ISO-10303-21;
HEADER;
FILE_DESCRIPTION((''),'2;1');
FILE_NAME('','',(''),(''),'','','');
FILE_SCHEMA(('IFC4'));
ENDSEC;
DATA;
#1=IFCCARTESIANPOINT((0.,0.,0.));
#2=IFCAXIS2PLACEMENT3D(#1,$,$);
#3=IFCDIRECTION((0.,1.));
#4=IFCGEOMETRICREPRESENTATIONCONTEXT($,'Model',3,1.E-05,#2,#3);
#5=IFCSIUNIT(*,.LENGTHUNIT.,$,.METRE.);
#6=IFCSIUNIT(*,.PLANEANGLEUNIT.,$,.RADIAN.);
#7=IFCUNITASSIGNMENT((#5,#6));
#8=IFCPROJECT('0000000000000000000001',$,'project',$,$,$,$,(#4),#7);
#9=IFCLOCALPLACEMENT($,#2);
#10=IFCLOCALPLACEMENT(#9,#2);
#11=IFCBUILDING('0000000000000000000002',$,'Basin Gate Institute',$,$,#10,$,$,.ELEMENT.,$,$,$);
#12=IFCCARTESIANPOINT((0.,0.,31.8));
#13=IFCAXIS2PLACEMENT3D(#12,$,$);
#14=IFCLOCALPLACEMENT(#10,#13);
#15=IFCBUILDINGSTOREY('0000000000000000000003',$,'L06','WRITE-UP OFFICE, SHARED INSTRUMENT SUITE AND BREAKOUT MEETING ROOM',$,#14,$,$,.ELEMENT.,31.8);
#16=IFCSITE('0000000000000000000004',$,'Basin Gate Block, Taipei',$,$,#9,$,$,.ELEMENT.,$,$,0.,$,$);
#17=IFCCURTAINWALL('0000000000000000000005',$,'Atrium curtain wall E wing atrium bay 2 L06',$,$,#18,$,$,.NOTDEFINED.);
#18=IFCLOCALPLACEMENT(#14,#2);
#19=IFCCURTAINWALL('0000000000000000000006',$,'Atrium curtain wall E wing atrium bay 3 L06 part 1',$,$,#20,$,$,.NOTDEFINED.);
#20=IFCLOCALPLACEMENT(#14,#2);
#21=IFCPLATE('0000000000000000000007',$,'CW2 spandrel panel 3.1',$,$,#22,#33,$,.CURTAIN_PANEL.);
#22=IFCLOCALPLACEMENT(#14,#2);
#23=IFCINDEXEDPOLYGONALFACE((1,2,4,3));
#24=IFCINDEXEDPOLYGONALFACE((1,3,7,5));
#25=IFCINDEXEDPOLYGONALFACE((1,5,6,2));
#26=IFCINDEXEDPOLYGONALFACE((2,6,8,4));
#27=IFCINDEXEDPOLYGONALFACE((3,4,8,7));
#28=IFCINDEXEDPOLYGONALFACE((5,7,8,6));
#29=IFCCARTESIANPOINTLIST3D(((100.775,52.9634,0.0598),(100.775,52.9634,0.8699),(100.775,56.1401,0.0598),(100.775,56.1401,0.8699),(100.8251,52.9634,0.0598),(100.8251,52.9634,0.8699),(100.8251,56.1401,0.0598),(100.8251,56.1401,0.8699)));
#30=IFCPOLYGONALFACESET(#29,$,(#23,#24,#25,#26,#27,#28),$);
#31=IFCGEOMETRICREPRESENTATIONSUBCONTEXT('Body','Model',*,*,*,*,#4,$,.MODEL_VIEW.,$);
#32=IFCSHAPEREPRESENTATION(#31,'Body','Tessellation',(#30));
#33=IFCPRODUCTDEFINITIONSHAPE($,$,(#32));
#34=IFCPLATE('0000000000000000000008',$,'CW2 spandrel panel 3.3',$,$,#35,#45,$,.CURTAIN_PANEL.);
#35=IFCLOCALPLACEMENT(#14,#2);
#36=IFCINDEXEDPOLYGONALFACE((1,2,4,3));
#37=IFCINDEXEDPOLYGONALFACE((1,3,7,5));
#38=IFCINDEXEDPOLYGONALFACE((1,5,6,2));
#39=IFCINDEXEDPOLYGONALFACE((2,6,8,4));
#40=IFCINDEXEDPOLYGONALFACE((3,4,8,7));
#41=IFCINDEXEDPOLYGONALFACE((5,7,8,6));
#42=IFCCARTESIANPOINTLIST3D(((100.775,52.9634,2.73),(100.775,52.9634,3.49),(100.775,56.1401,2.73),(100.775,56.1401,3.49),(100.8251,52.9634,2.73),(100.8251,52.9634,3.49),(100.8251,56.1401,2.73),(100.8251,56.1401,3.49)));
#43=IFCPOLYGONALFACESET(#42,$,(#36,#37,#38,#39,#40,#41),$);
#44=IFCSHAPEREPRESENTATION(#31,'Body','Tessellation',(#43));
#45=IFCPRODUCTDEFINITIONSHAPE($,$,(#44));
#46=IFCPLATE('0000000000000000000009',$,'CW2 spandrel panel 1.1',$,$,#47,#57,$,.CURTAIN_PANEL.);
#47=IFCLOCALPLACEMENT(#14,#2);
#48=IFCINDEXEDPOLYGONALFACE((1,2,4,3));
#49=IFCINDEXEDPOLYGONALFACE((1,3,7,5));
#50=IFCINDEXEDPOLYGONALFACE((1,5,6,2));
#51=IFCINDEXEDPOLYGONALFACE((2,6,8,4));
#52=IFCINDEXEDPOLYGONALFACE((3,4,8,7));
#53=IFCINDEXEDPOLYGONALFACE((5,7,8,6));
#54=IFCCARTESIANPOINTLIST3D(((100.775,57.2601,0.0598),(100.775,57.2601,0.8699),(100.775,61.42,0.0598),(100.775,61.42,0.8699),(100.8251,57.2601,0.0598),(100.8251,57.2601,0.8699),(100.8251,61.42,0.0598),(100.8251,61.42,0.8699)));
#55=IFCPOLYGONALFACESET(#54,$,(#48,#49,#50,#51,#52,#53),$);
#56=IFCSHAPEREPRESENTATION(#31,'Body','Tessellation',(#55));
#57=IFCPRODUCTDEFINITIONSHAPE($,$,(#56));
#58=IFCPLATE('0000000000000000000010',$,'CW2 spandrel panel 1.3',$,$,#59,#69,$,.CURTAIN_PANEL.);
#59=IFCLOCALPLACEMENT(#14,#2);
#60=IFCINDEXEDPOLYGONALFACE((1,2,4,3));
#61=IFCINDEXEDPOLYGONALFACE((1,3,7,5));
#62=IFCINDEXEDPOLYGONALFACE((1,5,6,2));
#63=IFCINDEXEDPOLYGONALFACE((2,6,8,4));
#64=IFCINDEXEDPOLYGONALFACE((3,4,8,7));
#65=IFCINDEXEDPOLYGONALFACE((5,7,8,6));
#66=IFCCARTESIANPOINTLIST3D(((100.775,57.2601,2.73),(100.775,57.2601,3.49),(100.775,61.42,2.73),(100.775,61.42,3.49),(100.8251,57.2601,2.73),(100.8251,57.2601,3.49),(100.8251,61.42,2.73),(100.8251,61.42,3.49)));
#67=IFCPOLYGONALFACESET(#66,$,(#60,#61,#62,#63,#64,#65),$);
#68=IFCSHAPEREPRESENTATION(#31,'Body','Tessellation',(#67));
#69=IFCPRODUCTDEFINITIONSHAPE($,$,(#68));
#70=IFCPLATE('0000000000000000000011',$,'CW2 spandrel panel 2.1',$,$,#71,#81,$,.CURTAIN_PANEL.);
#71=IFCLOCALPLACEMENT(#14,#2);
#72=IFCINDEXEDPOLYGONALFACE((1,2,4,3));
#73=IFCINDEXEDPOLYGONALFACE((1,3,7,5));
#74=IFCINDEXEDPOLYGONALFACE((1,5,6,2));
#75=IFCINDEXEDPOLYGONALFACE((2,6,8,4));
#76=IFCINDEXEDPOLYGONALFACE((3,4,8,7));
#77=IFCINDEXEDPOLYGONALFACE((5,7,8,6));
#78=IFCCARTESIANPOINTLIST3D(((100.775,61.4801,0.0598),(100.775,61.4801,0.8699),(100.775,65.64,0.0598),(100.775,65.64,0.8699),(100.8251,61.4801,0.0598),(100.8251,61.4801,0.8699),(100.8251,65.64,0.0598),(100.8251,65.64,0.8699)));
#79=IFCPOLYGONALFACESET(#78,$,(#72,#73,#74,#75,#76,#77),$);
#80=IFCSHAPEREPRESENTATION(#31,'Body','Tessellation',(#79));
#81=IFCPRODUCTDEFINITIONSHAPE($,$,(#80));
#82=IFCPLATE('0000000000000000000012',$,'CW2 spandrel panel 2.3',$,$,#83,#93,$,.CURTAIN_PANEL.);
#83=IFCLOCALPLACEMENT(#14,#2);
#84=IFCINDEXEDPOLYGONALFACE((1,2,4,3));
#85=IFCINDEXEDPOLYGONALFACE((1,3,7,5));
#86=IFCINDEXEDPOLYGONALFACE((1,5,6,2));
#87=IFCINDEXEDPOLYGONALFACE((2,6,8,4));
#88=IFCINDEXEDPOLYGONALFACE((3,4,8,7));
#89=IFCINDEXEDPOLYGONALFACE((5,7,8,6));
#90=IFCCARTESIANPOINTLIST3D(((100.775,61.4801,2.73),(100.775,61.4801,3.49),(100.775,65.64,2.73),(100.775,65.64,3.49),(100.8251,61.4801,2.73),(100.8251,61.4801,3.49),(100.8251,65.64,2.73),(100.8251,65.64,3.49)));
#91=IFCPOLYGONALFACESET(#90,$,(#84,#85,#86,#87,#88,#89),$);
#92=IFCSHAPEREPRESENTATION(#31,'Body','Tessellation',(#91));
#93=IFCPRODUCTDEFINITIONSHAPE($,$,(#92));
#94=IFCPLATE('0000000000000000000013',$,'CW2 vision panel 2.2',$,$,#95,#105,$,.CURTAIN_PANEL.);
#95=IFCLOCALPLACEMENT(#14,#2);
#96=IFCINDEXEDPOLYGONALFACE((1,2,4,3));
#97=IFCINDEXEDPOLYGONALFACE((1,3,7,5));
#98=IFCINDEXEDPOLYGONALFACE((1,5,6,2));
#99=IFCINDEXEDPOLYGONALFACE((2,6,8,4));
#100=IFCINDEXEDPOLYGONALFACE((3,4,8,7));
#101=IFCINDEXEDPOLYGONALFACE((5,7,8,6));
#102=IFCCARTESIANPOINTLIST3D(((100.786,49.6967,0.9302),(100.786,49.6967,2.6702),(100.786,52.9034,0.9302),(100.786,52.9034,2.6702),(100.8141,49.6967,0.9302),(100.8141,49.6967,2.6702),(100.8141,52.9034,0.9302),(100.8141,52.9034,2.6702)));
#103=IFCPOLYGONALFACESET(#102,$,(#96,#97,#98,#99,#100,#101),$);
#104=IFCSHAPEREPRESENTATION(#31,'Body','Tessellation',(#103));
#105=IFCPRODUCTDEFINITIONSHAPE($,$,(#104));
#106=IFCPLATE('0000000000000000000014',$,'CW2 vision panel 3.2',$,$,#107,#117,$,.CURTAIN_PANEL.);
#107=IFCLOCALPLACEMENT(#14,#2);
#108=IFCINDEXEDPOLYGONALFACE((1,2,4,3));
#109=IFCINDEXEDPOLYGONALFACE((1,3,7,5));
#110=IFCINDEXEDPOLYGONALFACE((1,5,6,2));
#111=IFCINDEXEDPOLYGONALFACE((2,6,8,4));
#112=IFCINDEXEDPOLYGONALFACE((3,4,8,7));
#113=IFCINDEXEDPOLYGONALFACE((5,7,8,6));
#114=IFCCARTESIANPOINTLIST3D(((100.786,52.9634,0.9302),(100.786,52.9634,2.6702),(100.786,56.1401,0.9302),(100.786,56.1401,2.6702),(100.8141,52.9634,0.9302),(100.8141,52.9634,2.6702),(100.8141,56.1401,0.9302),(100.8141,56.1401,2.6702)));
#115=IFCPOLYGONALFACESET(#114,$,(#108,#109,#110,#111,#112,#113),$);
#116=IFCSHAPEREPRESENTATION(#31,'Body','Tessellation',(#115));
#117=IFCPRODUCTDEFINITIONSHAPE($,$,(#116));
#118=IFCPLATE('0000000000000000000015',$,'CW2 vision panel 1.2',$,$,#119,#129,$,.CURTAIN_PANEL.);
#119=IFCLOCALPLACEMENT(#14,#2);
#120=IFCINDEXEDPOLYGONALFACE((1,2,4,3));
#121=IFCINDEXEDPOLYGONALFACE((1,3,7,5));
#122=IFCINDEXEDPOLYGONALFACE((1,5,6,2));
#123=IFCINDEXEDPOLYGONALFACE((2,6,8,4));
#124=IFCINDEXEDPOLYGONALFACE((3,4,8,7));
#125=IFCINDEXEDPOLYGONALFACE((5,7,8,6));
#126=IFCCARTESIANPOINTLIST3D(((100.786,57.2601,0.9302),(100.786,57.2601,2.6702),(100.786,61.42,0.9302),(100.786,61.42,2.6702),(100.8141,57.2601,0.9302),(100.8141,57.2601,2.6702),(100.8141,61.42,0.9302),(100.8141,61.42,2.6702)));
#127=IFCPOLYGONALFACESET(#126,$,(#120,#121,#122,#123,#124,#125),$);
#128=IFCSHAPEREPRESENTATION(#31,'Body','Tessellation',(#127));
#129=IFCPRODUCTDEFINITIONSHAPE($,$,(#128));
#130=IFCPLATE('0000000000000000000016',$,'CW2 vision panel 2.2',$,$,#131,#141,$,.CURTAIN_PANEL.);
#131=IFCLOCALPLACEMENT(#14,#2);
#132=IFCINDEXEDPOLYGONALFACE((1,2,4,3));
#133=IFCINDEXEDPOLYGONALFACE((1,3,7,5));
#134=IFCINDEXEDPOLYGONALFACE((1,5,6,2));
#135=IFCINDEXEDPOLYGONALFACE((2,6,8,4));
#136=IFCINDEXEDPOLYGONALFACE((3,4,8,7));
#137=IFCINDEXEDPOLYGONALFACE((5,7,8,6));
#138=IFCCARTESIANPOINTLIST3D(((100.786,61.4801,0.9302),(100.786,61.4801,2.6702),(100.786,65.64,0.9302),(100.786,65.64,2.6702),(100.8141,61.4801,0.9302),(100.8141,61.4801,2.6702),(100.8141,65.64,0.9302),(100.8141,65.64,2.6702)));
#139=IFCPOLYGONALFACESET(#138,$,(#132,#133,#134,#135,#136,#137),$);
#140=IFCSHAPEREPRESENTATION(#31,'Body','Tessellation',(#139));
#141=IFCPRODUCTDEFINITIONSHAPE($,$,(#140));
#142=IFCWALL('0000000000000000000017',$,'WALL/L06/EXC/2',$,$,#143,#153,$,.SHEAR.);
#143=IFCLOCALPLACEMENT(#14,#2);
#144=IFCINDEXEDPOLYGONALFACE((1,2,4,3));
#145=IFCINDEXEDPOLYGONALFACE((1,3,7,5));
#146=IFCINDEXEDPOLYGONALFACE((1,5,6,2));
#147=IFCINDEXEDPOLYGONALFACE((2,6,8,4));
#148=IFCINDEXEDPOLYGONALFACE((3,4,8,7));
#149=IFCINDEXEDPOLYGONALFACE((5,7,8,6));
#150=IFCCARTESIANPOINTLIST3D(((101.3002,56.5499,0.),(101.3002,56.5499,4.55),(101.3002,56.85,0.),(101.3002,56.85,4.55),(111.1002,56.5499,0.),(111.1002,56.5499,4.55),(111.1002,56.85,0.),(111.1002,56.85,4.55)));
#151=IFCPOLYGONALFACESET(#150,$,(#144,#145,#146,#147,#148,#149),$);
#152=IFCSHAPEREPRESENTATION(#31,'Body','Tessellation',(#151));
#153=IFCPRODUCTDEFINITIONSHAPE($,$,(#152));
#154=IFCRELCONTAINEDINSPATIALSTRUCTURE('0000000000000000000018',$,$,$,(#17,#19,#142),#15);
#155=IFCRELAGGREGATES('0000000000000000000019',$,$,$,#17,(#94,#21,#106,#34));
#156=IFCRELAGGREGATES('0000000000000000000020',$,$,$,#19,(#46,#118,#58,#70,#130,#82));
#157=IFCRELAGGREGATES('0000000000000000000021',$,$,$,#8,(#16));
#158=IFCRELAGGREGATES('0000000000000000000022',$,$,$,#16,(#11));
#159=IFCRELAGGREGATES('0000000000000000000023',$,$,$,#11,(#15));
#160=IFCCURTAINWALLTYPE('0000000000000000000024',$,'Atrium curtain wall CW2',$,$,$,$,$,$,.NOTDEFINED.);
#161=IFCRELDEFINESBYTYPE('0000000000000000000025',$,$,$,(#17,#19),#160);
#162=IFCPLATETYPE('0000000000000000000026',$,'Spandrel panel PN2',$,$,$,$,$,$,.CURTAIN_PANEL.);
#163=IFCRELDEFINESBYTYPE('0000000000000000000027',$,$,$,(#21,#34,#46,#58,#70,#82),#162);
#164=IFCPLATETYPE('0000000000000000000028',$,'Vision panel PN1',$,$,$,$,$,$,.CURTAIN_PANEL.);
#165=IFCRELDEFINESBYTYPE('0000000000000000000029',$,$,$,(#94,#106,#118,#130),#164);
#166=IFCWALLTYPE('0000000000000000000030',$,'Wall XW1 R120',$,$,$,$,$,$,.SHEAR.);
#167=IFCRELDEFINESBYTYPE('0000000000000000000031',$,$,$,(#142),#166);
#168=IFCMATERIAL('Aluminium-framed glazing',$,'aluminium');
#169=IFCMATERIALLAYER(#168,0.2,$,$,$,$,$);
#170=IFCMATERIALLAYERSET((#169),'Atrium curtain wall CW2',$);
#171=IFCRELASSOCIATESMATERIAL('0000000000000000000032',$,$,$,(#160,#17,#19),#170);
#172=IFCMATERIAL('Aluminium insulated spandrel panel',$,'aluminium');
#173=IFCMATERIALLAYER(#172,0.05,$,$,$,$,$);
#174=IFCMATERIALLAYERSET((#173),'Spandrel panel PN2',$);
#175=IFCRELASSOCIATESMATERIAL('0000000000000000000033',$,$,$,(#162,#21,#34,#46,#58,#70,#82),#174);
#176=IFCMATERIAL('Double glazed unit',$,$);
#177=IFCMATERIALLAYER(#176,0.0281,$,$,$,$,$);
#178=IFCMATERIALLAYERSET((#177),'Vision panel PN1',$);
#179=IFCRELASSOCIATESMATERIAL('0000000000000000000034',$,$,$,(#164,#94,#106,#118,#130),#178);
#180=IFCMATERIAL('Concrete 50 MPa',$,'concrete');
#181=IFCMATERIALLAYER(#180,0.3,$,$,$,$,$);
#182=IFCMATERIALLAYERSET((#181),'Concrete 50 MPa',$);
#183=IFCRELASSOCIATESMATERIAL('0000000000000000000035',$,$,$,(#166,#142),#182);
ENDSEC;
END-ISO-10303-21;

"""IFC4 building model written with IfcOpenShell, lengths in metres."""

from ifc_helpers import new_model, si_unit, direction, frame, frame_2d, origin, origin_2d, place, context, subcontext, project, spatial, rectangle, extrude, material, layer, layer_set, type_object, element, aggregate, save


model = new_model("IFC4")

# Units and contexts
model_context = context("Model", 3, precision=1e-05, world=origin(), true_north=direction((0.0, 1.0)))
body_context = subcontext(model_context, "Body", "Model", "MODEL_VIEW")
ifc_project = project(units=[si_unit("LENGTHUNIT", "METRE"), si_unit("PLANEANGLEUNIT", "RADIAN")], contexts=[model_context])

# Site, building, storey
site_placement = place(None, origin())
site = spatial("IfcSite", under=ifc_project, at=site_placement, Name="Basin Gate Block, Taipei", CompositionType="ELEMENT", RefElevation=0.0)
building_placement = place(site_placement, origin())
building = spatial("IfcBuilding", under=site, at=building_placement, Name="Basin Gate Institute", CompositionType="ELEMENT")
storey_placement = place(building_placement, frame((0.0, 0.0, 31.8)))
storey = spatial("IfcBuildingStorey", under=building, at=storey_placement, Name="L06", Description="WRITE-UP OFFICE, SHARED INSTRUMENT SUITE AND BREAKOUT MEETING ROOM", CompositionType="ELEMENT", Elevation=31.8)

# Curtain walls
ifc_material_1 = material(Name="Aluminium-framed glazing", Category="aluminium")
ifc_layer_1 = layer(ifc_material_1, 0.2)
ifc_layer_set_1 = layer_set([ifc_layer_1], Name="Atrium curtain wall CW2")
curtain_wall_type = type_object("IfcCurtainWallType", Name="Atrium curtain wall CW2", PredefinedType="NOTDEFINED", material=ifc_layer_set_1)
curtain_wall_1_placement = place(storey_placement, origin())
curtain_wall_1 = element("IfcCurtainWall", 1, at=curtain_wall_1_placement, inside=storey, type_object=curtain_wall_type, material=ifc_layer_set_1, Name="Atrium curtain wall E wing atrium bay 2 L06", PredefinedType="NOTDEFINED")
curtain_wall_2_placement = place(storey_placement, origin())
curtain_wall_2 = element("IfcCurtainWall", 2, at=curtain_wall_2_placement, inside=storey, type_object=curtain_wall_type, material=ifc_layer_set_1, Name="Atrium curtain wall E wing atrium bay 3 L06 part 1", PredefinedType="NOTDEFINED")

# Plates
ifc_material_2 = material(Name="Aluminium insulated spandrel panel", Category="aluminium")
ifc_layer_2 = layer(ifc_material_2, 0.05)
ifc_layer_set_2 = layer_set([ifc_layer_2], Name="Spandrel panel PN2")
plate_type_1 = type_object("IfcPlateType", Name="Spandrel panel PN2", PredefinedType="CURTAIN_PANEL", material=ifc_layer_set_2)
plate_1_placement = place(storey_placement, frame((100.8, 54.5518, 0.0598), z_axis=(0.0, 0.0, 1.0), x_axis=(0.0, 1.0, 0.0)))
plate_1 = element("IfcPlate", 3, at=plate_1_placement, type_object=plate_type_1, material=ifc_layer_set_2, Name="CW2 spandrel panel 3.1", PredefinedType="CURTAIN_PANEL", context=body_context, shape_type="SweptSolid", body=[
    extrude(rectangle(XDim=3.1768, YDim=0.05, at=origin_2d()), origin(), (0.0, 0.0, 1.0), 0.8101),
])
plate_2_placement = place(storey_placement, frame((100.8, 54.5518, 2.73), z_axis=(0.0, 0.0, 1.0), x_axis=(0.0, 1.0, 0.0)))
plate_2 = element("IfcPlate", 4, at=plate_2_placement, type_object=plate_type_1, material=ifc_layer_set_2, Name="CW2 spandrel panel 3.3", PredefinedType="CURTAIN_PANEL", context=body_context, shape_type="SweptSolid", body=[
    extrude(rectangle(XDim=3.1768, YDim=0.05, at=origin_2d()), origin(), (0.0, 0.0, 1.0), 0.76),
])
plate_3_placement = place(storey_placement, frame((100.8, 59.3401, 0.0598), z_axis=(0.0, 0.0, 1.0), x_axis=(0.0, 1.0, 0.0)))
plate_3 = element("IfcPlate", 5, at=plate_3_placement, type_object=plate_type_1, material=ifc_layer_set_2, Name="CW2 spandrel panel 1.1", PredefinedType="CURTAIN_PANEL", context=body_context, shape_type="SweptSolid", body=[
    extrude(rectangle(XDim=4.1599, YDim=0.05, at=origin_2d()), origin(), (0.0, 0.0, 1.0), 0.8101),
])
plate_4_placement = place(storey_placement, frame((100.8, 59.3401, 2.73), z_axis=(0.0, 0.0, 1.0), x_axis=(0.0, 1.0, 0.0)))
plate_4 = element("IfcPlate", 6, at=plate_4_placement, type_object=plate_type_1, material=ifc_layer_set_2, Name="CW2 spandrel panel 1.3", PredefinedType="CURTAIN_PANEL", context=body_context, shape_type="SweptSolid", body=[
    extrude(rectangle(XDim=4.1599, YDim=0.05, at=origin_2d()), origin(), (0.0, 0.0, 1.0), 0.76),
])
plate_5_placement = place(storey_placement, frame((100.8, 63.5601, 0.0598), z_axis=(0.0, 0.0, 1.0), x_axis=(0.0, 1.0, 0.0)))
plate_5 = element("IfcPlate", 7, at=plate_5_placement, type_object=plate_type_1, material=ifc_layer_set_2, Name="CW2 spandrel panel 2.1", PredefinedType="CURTAIN_PANEL", context=body_context, shape_type="SweptSolid", body=[
    extrude(rectangle(XDim=4.1599, YDim=0.05, at=origin_2d()), origin(), (0.0, 0.0, 1.0), 0.8101),
])
plate_6_placement = place(storey_placement, frame((100.8, 63.5601, 2.73), z_axis=(0.0, 0.0, 1.0), x_axis=(0.0, 1.0, 0.0)))
plate_6 = element("IfcPlate", 8, at=plate_6_placement, type_object=plate_type_1, material=ifc_layer_set_2, Name="CW2 spandrel panel 2.3", PredefinedType="CURTAIN_PANEL", context=body_context, shape_type="SweptSolid", body=[
    extrude(rectangle(XDim=4.1599, YDim=0.05, at=origin_2d()), origin(), (0.0, 0.0, 1.0), 0.76),
])
ifc_material_3 = material(Name="Double glazed unit")
ifc_layer_3 = layer(ifc_material_3, 0.0281)
ifc_layer_set_3 = layer_set([ifc_layer_3], Name="Vision panel PN1")
plate_type_2 = type_object("IfcPlateType", Name="Vision panel PN1", PredefinedType="CURTAIN_PANEL", material=ifc_layer_set_3)
plate_7_placement = place(storey_placement, frame((100.8, 51.3, 0.9302), z_axis=(0.0, 0.0, 1.0), x_axis=(0.0, 1.0, 0.0)))
plate_7 = element("IfcPlate", 9, at=plate_7_placement, type_object=plate_type_2, material=ifc_layer_set_3, Name="CW2 vision panel 2.2", PredefinedType="CURTAIN_PANEL", context=body_context, shape_type="SweptSolid", body=[
    extrude(rectangle(XDim=3.2068, YDim=0.0281, at=origin_2d()), origin(), (0.0, 0.0, 1.0), 1.74),
])
plate_8_placement = place(storey_placement, frame((100.8, 54.5518, 0.9302), z_axis=(0.0, 0.0, 1.0), x_axis=(0.0, 1.0, 0.0)))
plate_8 = element("IfcPlate", 10, at=plate_8_placement, type_object=plate_type_2, material=ifc_layer_set_3, Name="CW2 vision panel 3.2", PredefinedType="CURTAIN_PANEL", context=body_context, shape_type="SweptSolid", body=[
    extrude(rectangle(XDim=3.1768, YDim=0.0281, at=origin_2d()), origin(), (0.0, 0.0, 1.0), 1.74),
])
aggregate(curtain_wall_1, [plate_7, plate_1, plate_8, plate_2])
plate_9_placement = place(storey_placement, frame((100.8, 59.3401, 0.9302), z_axis=(0.0, 0.0, 1.0), x_axis=(0.0, 1.0, 0.0)))
plate_9 = element("IfcPlate", 11, at=plate_9_placement, type_object=plate_type_2, material=ifc_layer_set_3, Name="CW2 vision panel 1.2", PredefinedType="CURTAIN_PANEL", context=body_context, shape_type="SweptSolid", body=[
    extrude(rectangle(XDim=4.1599, YDim=0.0281, at=origin_2d()), origin(), (0.0, 0.0, 1.0), 1.74),
])
plate_10_placement = place(storey_placement, frame((100.8, 63.5601, 0.9302), z_axis=(0.0, 0.0, 1.0), x_axis=(0.0, 1.0, 0.0)))
plate_10 = element("IfcPlate", 12, at=plate_10_placement, type_object=plate_type_2, material=ifc_layer_set_3, Name="CW2 vision panel 2.2", PredefinedType="CURTAIN_PANEL", context=body_context, shape_type="SweptSolid", body=[
    extrude(rectangle(XDim=4.1599, YDim=0.0281, at=origin_2d()), origin(), (0.0, 0.0, 1.0), 1.74),
])
aggregate(curtain_wall_2, [plate_3, plate_9, plate_4, plate_5, plate_10, plate_6])

# Wall
ifc_material_4 = material(Name="Concrete 50 MPa", Category="concrete")
ifc_layer_4 = layer(ifc_material_4, 0.3)
ifc_layer_set_4 = layer_set([ifc_layer_4], Name="Concrete 50 MPa")
wall_type = type_object("IfcWallType", Name="Wall XW1 R120", PredefinedType="SHEAR", material=ifc_layer_set_4)
wall_placement = place(storey_placement, frame((111.1001, 56.7, 0.0), z_axis=(0.0, 0.0, 1.0), x_axis=(-1.0, 0.0, 0.0)))
element("IfcWall", 13, at=wall_placement, inside=storey, type_object=wall_type, material=ifc_layer_set_4, Name="WALL/L06/EXC/2", PredefinedType="SHEAR", context=body_context, shape_type="SweptSolid", body=[
    extrude(rectangle(XDim=9.8, YDim=0.3, at=frame_2d((4.8999, 0.0))), origin(), (0.0, 0.0, 1.0), 4.55),
])

save(model, "model.ifc")
